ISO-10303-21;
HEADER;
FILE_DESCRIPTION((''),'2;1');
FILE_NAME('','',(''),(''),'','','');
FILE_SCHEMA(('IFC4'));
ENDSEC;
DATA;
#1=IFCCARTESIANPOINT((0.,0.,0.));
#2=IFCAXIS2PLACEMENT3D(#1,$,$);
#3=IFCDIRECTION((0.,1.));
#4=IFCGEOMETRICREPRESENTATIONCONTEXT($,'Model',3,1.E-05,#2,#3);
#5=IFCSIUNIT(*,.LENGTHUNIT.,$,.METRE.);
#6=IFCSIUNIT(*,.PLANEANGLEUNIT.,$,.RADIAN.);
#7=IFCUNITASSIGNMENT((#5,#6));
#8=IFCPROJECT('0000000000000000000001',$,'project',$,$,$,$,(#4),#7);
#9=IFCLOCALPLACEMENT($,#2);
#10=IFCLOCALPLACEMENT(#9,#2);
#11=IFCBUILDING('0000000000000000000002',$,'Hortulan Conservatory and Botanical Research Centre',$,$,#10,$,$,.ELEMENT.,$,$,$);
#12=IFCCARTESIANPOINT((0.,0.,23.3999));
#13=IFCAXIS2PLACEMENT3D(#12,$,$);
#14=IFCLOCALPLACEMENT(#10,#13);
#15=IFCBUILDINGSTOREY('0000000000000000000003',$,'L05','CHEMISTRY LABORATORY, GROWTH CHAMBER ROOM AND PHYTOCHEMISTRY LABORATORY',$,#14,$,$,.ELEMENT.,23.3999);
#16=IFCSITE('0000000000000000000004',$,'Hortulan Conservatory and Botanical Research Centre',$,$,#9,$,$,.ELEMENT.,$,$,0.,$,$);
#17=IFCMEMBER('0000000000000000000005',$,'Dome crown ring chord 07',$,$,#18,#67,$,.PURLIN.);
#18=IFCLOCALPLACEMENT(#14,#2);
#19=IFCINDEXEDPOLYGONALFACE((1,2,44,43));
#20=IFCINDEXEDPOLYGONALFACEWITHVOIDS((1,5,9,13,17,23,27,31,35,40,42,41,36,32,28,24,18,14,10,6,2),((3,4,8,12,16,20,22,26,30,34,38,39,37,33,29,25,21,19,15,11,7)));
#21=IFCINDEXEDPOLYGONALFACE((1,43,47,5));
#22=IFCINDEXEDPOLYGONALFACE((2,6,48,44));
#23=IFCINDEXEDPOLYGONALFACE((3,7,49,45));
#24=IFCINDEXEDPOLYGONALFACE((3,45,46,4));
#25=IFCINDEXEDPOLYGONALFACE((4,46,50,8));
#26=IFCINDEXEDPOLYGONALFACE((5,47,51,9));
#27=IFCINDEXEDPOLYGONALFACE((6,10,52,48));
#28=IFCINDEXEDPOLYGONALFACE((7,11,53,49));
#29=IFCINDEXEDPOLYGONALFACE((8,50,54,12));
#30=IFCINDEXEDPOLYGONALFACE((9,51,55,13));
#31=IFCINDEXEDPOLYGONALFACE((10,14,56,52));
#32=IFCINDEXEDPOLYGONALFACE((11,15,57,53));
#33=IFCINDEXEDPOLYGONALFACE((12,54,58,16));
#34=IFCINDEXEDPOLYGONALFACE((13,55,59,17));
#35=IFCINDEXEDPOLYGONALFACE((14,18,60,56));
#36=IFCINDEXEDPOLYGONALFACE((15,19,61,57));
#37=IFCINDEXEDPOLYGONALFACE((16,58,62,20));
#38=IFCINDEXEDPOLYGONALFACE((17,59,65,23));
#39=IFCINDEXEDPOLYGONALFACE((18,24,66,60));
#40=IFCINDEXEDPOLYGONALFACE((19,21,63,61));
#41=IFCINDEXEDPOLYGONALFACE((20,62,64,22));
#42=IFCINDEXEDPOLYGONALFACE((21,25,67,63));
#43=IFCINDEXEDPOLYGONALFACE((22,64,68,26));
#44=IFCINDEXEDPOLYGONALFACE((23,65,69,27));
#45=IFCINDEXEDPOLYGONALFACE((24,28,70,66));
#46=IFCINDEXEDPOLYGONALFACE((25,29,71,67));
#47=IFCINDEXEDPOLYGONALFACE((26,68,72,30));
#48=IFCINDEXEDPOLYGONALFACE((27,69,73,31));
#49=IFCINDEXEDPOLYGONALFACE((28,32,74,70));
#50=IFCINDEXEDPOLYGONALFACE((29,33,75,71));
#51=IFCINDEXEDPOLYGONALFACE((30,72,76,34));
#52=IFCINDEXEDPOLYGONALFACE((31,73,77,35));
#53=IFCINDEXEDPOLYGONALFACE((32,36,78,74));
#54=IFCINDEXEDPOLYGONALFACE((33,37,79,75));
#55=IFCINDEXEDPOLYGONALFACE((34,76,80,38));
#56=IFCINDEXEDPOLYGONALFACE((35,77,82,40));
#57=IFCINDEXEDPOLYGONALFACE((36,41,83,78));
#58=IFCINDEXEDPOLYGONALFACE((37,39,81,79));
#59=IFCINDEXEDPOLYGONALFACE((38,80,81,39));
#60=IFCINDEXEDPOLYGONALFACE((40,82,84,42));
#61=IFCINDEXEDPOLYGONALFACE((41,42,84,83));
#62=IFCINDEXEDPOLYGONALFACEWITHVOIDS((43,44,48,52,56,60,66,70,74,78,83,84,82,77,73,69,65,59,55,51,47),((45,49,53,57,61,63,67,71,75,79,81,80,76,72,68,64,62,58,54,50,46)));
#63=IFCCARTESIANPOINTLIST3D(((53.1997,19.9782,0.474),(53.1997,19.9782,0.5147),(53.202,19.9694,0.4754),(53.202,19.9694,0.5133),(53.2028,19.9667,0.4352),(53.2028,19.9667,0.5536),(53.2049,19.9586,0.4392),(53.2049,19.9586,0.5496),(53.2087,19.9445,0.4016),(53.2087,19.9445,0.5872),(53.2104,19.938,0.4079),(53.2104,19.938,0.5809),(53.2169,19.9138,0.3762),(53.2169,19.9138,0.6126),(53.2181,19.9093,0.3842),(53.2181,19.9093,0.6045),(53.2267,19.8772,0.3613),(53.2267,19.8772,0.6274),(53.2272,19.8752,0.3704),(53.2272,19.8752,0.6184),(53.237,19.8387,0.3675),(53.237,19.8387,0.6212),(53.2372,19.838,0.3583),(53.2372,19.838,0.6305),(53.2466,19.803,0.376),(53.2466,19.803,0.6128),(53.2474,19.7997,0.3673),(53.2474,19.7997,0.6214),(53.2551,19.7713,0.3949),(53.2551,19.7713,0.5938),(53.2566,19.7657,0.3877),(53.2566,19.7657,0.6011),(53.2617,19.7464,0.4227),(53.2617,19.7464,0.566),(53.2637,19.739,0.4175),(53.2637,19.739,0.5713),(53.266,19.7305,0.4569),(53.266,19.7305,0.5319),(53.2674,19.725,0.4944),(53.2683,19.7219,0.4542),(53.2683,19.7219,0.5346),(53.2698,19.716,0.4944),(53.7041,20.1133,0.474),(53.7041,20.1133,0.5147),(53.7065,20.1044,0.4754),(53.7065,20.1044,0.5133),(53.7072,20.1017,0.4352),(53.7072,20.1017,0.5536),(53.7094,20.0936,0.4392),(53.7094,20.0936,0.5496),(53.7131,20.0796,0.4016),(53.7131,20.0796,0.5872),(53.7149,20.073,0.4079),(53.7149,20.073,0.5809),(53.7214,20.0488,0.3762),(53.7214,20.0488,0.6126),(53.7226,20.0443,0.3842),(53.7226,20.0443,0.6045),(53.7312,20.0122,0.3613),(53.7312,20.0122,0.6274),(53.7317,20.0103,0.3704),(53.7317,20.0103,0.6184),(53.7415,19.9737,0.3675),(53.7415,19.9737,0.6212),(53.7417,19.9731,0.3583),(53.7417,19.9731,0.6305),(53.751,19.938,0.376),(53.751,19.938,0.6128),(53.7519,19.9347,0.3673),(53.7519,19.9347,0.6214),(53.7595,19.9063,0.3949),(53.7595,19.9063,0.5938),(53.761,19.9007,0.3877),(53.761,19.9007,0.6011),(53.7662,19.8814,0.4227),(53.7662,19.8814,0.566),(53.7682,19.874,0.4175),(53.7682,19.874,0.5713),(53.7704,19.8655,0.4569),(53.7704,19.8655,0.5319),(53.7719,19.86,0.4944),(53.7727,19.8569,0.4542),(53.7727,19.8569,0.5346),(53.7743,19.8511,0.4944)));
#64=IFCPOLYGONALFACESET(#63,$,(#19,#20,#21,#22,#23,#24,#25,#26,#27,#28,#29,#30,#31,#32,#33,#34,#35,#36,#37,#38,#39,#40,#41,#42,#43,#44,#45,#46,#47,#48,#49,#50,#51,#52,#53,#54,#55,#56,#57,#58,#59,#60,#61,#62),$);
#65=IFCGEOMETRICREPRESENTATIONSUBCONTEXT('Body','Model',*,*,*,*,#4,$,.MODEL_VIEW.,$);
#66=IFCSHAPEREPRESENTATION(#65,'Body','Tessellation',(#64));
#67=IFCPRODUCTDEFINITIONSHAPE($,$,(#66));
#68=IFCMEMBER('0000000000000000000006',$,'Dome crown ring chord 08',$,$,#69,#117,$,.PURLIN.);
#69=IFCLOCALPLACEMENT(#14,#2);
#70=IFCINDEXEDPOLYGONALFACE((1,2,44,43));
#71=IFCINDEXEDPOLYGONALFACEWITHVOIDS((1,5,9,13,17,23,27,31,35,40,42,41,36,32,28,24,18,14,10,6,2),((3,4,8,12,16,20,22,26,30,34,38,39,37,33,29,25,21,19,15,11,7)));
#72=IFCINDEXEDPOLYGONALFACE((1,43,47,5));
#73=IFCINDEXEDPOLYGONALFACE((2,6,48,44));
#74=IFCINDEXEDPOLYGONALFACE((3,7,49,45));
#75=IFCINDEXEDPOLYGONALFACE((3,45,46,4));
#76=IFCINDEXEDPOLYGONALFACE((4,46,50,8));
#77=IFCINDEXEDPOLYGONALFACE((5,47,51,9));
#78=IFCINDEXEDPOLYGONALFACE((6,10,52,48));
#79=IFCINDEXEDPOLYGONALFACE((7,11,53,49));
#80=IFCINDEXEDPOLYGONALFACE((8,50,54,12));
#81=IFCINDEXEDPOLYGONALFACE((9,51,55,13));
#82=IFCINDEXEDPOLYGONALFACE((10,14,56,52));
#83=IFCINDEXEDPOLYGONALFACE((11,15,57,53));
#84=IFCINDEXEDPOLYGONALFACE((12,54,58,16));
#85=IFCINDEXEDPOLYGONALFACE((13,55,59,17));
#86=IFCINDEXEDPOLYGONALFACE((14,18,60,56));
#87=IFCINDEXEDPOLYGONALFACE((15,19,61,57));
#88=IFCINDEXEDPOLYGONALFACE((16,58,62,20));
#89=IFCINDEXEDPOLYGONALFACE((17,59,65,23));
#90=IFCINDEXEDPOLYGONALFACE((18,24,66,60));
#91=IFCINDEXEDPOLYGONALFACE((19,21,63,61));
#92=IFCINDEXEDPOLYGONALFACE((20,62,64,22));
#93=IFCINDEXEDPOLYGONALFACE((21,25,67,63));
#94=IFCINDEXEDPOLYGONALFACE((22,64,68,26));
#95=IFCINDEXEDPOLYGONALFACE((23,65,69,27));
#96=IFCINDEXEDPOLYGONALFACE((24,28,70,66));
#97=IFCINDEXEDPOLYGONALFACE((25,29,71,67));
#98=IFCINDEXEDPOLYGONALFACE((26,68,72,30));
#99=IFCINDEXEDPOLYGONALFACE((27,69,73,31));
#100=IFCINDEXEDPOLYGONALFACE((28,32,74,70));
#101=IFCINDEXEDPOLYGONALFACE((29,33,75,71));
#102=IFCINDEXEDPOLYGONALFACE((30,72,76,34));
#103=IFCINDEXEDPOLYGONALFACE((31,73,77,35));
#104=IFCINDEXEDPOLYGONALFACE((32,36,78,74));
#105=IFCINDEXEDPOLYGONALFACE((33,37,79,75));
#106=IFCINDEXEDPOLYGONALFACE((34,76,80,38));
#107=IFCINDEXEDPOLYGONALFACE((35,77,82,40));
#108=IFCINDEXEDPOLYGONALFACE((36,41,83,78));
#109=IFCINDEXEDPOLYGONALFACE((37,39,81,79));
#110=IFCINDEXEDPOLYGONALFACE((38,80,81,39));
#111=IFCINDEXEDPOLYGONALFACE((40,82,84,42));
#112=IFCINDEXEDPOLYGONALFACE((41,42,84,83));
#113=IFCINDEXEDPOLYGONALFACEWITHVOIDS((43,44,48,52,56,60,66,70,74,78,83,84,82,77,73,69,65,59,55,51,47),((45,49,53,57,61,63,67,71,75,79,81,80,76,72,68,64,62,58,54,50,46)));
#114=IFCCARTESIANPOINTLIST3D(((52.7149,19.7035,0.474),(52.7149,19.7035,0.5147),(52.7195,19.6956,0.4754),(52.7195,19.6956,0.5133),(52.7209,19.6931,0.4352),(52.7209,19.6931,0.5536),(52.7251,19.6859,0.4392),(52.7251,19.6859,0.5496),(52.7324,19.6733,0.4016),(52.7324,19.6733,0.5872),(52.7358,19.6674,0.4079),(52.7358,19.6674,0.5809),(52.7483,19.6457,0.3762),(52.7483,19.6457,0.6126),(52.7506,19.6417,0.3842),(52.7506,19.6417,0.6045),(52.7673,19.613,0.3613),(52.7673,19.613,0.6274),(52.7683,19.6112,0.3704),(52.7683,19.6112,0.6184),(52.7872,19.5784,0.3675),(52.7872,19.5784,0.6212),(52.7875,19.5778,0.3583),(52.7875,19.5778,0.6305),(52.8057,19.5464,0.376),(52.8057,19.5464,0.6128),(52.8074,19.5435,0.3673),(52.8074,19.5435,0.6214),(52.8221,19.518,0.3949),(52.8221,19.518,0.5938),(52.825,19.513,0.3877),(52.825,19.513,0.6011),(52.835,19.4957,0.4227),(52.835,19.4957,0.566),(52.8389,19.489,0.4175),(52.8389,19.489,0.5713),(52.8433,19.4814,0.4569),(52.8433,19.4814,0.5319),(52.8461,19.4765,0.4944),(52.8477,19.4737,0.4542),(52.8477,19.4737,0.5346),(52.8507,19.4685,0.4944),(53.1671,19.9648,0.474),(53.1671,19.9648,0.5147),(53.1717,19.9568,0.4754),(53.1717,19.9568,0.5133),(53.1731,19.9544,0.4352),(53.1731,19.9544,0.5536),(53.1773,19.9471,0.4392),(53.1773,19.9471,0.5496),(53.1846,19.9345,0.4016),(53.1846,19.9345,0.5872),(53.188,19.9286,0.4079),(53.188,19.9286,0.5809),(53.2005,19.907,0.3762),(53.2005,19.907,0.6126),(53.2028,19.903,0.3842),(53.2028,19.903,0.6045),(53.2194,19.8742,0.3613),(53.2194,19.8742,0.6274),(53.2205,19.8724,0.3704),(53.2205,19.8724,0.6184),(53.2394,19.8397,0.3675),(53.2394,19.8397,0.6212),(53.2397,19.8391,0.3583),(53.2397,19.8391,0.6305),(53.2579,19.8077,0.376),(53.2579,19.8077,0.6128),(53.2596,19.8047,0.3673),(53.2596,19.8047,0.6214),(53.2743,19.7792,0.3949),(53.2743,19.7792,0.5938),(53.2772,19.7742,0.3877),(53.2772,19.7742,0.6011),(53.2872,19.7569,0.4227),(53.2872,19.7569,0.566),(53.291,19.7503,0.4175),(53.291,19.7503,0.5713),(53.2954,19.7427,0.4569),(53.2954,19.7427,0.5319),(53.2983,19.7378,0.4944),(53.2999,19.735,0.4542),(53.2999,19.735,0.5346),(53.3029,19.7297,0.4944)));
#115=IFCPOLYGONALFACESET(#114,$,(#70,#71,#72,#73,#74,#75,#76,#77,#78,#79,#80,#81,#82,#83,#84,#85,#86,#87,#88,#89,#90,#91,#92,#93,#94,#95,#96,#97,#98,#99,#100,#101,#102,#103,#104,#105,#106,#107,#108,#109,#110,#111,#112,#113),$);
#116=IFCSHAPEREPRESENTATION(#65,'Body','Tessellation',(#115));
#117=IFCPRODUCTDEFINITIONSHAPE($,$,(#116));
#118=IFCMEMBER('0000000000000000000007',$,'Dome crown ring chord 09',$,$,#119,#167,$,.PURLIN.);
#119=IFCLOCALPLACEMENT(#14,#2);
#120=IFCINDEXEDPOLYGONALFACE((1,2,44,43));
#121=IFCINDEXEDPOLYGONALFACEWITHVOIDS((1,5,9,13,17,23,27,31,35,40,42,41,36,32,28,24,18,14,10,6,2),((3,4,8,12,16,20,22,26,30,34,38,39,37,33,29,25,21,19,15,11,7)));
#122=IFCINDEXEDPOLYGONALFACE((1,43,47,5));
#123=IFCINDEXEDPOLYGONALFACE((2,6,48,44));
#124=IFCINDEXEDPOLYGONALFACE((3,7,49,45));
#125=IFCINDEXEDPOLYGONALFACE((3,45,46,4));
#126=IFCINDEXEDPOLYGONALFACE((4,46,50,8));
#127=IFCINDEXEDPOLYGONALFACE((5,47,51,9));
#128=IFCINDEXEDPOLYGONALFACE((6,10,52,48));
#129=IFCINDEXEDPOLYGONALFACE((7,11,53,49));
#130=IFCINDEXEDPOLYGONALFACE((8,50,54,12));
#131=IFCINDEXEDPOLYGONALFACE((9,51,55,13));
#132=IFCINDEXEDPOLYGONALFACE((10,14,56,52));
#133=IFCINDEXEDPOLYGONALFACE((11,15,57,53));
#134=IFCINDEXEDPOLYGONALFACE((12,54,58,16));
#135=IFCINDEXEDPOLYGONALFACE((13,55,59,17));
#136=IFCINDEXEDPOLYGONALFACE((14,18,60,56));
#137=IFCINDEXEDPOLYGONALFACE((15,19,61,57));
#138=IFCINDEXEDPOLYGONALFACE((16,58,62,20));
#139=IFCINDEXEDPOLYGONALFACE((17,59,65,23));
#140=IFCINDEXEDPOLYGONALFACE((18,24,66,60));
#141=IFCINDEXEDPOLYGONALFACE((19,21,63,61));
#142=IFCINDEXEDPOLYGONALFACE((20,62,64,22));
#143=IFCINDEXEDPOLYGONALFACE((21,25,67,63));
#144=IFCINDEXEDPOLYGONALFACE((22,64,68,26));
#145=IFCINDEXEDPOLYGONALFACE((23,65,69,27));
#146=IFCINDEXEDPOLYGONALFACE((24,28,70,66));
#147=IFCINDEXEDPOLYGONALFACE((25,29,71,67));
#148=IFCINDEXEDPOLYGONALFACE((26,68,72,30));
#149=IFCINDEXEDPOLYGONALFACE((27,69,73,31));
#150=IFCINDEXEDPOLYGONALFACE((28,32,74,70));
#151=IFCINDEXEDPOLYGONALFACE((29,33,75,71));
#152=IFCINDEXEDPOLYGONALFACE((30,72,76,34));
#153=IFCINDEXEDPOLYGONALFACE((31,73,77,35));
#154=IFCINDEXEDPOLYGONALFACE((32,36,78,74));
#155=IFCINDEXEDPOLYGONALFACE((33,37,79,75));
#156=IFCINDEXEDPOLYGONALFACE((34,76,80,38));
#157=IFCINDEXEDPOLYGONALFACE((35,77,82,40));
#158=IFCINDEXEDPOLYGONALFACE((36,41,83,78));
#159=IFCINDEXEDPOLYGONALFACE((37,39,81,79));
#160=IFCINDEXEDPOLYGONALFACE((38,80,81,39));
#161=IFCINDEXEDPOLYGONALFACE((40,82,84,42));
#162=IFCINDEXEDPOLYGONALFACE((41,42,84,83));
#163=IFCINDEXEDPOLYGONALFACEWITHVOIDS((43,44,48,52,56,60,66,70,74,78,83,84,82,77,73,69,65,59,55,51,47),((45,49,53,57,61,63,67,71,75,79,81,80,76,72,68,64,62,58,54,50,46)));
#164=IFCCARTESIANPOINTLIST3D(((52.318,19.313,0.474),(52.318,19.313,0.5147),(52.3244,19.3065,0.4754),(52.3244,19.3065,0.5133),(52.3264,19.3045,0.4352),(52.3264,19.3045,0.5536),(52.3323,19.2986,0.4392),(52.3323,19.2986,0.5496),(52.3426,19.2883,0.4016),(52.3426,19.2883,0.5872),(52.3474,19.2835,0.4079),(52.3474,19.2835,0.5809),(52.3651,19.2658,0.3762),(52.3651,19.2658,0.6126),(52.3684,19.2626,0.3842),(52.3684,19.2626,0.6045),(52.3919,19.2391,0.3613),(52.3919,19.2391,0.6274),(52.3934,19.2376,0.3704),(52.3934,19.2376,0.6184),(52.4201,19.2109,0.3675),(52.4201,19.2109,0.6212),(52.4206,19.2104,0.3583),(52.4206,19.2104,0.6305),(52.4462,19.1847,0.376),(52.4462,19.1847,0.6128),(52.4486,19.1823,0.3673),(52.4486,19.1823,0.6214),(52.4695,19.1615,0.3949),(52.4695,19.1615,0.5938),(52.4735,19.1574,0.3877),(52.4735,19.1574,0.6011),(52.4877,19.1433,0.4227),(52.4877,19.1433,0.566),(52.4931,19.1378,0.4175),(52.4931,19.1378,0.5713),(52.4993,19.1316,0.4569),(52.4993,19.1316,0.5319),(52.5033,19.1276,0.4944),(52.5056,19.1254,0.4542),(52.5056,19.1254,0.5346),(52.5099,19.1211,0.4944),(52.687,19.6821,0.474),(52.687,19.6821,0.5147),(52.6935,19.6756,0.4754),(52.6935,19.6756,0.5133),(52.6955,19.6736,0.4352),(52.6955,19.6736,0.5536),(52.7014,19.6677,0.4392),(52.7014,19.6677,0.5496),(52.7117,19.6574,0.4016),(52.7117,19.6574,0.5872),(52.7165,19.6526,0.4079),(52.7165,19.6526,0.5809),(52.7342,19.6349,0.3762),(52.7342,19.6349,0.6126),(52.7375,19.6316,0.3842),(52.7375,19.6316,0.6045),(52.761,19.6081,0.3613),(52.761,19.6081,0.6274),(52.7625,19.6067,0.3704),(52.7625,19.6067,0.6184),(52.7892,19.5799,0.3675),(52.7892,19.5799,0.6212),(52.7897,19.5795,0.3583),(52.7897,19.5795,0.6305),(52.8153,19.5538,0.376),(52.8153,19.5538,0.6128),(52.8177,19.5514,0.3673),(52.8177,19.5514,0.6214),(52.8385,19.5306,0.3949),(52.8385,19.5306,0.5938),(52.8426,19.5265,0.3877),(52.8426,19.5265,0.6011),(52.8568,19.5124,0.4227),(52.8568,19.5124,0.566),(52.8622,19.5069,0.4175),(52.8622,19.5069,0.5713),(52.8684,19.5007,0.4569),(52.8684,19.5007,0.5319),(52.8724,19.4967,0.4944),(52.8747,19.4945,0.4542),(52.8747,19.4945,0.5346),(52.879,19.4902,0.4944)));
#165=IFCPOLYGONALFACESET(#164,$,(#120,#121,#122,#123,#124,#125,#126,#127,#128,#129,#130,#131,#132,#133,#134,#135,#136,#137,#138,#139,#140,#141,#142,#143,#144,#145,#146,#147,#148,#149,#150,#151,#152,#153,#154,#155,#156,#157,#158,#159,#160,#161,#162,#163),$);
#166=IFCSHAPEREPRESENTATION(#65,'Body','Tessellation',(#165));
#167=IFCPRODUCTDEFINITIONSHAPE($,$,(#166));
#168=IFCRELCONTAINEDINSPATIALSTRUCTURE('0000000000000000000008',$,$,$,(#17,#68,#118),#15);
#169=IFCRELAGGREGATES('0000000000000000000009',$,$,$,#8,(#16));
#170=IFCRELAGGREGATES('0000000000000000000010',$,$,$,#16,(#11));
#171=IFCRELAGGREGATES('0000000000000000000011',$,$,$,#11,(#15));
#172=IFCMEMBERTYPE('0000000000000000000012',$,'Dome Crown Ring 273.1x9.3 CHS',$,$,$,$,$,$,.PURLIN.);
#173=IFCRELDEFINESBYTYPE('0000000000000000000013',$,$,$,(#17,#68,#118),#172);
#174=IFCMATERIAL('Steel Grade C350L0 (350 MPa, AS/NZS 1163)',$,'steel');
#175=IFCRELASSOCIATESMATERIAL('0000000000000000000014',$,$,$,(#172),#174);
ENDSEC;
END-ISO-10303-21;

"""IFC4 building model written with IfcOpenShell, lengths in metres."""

from ifc_helpers import new_model, si_unit, direction, frame, origin, origin_2d, place, context, subcontext, project, spatial, hollow_circle, extrude, material, material_profile, profile_set, type_object, element, save


model = new_model("IFC4")

# Units and contexts
model_context = context("Model", 3, precision=1e-05, world=origin(), true_north=direction((0.0, 1.0)))
body_context = subcontext(model_context, "Body", "Model", "MODEL_VIEW")
ifc_project = project(units=[si_unit("LENGTHUNIT", "METRE"), si_unit("PLANEANGLEUNIT", "RADIAN")], contexts=[model_context])

# Site, building, storey
site_placement = place(None, origin())
site = spatial("IfcSite", under=ifc_project, at=site_placement, Name="Hortulan Conservatory and Botanical Research Centre", CompositionType="ELEMENT", RefElevation=0.0)
building_placement = place(site_placement, origin())
building = spatial("IfcBuilding", under=site, at=building_placement, Name="Hortulan Conservatory and Botanical Research Centre", CompositionType="ELEMENT")
storey_placement = place(building_placement, frame((0.0, 0.0, 23.3999)))
storey = spatial("IfcBuildingStorey", under=building, at=storey_placement, Name="L05", Description="CHEMISTRY LABORATORY, GROWTH CHAMBER ROOM AND PHYTOCHEMISTRY LABORATORY", CompositionType="ELEMENT", Elevation=23.3999)

# Members
ifc_material_1 = material(Name="Steel Grade C350L0 (350 MPa, AS/NZS 1163)", Category="steel")
ifc_material_profile_1 = material_profile(ifc_material_1, hollow_circle(Radius=0.1365, WallThickness=0.0093, at=origin_2d()), Name="273.1x9.3CHS")
ifc_profile_set_1 = profile_set([ifc_material_profile_1], Name="Steel Grade C350L0 (350 MPa, AS/NZS 1163)")
member_type_1 = type_object("IfcMemberType", Name="Dome Crown Ring 273.1x9.3 CHS", PredefinedType="PURLIN", material=ifc_profile_set_1)
for number, where, z_axis, x_axis, name in (
    (1, (53.739, 19.9829, 0.4944), (-0.965994, -0.258565, 0.0), (0.258565, -0.965994, 0.0), "Dome crown ring chord 07"),
    (2, (53.2346, 19.8479, 0.4944), (-0.865874, -0.500262, 0.0), (0.500262, -0.865874, 0.0), "Dome crown ring chord 08"),
):
    element("IfcMember", number, at=place(storey_placement, frame(where, z_axis=z_axis, x_axis=x_axis)), inside=storey, type_object=member_type_1, Name=name, PredefinedType="PURLIN", context=body_context, shape_type="SweptSolid", body=[
        extrude(hollow_circle(Radius=0.1365, WallThickness=0.0093, at=origin_2d()), origin(), (0.0, 0.0, 1.0), 0.5222),
    ])
member_1_placement = place(storey_placement, frame((52.7825, 19.5867, 0.4944), z_axis=(-0.707107, -0.707107, 0.0), x_axis=(0.707107, -0.707107, 0.0)))
element("IfcMember", 3, at=member_1_placement, inside=storey, type_object=member_type_1, Name="Dome crown ring chord 09", PredefinedType="PURLIN", context=body_context, shape_type="SweptSolid", body=[
    extrude(hollow_circle(Radius=0.1365, WallThickness=0.0093, at=origin_2d()), origin(), (0.0, 0.0, 1.0), 0.522),
])

save(model, "model.ifc")
